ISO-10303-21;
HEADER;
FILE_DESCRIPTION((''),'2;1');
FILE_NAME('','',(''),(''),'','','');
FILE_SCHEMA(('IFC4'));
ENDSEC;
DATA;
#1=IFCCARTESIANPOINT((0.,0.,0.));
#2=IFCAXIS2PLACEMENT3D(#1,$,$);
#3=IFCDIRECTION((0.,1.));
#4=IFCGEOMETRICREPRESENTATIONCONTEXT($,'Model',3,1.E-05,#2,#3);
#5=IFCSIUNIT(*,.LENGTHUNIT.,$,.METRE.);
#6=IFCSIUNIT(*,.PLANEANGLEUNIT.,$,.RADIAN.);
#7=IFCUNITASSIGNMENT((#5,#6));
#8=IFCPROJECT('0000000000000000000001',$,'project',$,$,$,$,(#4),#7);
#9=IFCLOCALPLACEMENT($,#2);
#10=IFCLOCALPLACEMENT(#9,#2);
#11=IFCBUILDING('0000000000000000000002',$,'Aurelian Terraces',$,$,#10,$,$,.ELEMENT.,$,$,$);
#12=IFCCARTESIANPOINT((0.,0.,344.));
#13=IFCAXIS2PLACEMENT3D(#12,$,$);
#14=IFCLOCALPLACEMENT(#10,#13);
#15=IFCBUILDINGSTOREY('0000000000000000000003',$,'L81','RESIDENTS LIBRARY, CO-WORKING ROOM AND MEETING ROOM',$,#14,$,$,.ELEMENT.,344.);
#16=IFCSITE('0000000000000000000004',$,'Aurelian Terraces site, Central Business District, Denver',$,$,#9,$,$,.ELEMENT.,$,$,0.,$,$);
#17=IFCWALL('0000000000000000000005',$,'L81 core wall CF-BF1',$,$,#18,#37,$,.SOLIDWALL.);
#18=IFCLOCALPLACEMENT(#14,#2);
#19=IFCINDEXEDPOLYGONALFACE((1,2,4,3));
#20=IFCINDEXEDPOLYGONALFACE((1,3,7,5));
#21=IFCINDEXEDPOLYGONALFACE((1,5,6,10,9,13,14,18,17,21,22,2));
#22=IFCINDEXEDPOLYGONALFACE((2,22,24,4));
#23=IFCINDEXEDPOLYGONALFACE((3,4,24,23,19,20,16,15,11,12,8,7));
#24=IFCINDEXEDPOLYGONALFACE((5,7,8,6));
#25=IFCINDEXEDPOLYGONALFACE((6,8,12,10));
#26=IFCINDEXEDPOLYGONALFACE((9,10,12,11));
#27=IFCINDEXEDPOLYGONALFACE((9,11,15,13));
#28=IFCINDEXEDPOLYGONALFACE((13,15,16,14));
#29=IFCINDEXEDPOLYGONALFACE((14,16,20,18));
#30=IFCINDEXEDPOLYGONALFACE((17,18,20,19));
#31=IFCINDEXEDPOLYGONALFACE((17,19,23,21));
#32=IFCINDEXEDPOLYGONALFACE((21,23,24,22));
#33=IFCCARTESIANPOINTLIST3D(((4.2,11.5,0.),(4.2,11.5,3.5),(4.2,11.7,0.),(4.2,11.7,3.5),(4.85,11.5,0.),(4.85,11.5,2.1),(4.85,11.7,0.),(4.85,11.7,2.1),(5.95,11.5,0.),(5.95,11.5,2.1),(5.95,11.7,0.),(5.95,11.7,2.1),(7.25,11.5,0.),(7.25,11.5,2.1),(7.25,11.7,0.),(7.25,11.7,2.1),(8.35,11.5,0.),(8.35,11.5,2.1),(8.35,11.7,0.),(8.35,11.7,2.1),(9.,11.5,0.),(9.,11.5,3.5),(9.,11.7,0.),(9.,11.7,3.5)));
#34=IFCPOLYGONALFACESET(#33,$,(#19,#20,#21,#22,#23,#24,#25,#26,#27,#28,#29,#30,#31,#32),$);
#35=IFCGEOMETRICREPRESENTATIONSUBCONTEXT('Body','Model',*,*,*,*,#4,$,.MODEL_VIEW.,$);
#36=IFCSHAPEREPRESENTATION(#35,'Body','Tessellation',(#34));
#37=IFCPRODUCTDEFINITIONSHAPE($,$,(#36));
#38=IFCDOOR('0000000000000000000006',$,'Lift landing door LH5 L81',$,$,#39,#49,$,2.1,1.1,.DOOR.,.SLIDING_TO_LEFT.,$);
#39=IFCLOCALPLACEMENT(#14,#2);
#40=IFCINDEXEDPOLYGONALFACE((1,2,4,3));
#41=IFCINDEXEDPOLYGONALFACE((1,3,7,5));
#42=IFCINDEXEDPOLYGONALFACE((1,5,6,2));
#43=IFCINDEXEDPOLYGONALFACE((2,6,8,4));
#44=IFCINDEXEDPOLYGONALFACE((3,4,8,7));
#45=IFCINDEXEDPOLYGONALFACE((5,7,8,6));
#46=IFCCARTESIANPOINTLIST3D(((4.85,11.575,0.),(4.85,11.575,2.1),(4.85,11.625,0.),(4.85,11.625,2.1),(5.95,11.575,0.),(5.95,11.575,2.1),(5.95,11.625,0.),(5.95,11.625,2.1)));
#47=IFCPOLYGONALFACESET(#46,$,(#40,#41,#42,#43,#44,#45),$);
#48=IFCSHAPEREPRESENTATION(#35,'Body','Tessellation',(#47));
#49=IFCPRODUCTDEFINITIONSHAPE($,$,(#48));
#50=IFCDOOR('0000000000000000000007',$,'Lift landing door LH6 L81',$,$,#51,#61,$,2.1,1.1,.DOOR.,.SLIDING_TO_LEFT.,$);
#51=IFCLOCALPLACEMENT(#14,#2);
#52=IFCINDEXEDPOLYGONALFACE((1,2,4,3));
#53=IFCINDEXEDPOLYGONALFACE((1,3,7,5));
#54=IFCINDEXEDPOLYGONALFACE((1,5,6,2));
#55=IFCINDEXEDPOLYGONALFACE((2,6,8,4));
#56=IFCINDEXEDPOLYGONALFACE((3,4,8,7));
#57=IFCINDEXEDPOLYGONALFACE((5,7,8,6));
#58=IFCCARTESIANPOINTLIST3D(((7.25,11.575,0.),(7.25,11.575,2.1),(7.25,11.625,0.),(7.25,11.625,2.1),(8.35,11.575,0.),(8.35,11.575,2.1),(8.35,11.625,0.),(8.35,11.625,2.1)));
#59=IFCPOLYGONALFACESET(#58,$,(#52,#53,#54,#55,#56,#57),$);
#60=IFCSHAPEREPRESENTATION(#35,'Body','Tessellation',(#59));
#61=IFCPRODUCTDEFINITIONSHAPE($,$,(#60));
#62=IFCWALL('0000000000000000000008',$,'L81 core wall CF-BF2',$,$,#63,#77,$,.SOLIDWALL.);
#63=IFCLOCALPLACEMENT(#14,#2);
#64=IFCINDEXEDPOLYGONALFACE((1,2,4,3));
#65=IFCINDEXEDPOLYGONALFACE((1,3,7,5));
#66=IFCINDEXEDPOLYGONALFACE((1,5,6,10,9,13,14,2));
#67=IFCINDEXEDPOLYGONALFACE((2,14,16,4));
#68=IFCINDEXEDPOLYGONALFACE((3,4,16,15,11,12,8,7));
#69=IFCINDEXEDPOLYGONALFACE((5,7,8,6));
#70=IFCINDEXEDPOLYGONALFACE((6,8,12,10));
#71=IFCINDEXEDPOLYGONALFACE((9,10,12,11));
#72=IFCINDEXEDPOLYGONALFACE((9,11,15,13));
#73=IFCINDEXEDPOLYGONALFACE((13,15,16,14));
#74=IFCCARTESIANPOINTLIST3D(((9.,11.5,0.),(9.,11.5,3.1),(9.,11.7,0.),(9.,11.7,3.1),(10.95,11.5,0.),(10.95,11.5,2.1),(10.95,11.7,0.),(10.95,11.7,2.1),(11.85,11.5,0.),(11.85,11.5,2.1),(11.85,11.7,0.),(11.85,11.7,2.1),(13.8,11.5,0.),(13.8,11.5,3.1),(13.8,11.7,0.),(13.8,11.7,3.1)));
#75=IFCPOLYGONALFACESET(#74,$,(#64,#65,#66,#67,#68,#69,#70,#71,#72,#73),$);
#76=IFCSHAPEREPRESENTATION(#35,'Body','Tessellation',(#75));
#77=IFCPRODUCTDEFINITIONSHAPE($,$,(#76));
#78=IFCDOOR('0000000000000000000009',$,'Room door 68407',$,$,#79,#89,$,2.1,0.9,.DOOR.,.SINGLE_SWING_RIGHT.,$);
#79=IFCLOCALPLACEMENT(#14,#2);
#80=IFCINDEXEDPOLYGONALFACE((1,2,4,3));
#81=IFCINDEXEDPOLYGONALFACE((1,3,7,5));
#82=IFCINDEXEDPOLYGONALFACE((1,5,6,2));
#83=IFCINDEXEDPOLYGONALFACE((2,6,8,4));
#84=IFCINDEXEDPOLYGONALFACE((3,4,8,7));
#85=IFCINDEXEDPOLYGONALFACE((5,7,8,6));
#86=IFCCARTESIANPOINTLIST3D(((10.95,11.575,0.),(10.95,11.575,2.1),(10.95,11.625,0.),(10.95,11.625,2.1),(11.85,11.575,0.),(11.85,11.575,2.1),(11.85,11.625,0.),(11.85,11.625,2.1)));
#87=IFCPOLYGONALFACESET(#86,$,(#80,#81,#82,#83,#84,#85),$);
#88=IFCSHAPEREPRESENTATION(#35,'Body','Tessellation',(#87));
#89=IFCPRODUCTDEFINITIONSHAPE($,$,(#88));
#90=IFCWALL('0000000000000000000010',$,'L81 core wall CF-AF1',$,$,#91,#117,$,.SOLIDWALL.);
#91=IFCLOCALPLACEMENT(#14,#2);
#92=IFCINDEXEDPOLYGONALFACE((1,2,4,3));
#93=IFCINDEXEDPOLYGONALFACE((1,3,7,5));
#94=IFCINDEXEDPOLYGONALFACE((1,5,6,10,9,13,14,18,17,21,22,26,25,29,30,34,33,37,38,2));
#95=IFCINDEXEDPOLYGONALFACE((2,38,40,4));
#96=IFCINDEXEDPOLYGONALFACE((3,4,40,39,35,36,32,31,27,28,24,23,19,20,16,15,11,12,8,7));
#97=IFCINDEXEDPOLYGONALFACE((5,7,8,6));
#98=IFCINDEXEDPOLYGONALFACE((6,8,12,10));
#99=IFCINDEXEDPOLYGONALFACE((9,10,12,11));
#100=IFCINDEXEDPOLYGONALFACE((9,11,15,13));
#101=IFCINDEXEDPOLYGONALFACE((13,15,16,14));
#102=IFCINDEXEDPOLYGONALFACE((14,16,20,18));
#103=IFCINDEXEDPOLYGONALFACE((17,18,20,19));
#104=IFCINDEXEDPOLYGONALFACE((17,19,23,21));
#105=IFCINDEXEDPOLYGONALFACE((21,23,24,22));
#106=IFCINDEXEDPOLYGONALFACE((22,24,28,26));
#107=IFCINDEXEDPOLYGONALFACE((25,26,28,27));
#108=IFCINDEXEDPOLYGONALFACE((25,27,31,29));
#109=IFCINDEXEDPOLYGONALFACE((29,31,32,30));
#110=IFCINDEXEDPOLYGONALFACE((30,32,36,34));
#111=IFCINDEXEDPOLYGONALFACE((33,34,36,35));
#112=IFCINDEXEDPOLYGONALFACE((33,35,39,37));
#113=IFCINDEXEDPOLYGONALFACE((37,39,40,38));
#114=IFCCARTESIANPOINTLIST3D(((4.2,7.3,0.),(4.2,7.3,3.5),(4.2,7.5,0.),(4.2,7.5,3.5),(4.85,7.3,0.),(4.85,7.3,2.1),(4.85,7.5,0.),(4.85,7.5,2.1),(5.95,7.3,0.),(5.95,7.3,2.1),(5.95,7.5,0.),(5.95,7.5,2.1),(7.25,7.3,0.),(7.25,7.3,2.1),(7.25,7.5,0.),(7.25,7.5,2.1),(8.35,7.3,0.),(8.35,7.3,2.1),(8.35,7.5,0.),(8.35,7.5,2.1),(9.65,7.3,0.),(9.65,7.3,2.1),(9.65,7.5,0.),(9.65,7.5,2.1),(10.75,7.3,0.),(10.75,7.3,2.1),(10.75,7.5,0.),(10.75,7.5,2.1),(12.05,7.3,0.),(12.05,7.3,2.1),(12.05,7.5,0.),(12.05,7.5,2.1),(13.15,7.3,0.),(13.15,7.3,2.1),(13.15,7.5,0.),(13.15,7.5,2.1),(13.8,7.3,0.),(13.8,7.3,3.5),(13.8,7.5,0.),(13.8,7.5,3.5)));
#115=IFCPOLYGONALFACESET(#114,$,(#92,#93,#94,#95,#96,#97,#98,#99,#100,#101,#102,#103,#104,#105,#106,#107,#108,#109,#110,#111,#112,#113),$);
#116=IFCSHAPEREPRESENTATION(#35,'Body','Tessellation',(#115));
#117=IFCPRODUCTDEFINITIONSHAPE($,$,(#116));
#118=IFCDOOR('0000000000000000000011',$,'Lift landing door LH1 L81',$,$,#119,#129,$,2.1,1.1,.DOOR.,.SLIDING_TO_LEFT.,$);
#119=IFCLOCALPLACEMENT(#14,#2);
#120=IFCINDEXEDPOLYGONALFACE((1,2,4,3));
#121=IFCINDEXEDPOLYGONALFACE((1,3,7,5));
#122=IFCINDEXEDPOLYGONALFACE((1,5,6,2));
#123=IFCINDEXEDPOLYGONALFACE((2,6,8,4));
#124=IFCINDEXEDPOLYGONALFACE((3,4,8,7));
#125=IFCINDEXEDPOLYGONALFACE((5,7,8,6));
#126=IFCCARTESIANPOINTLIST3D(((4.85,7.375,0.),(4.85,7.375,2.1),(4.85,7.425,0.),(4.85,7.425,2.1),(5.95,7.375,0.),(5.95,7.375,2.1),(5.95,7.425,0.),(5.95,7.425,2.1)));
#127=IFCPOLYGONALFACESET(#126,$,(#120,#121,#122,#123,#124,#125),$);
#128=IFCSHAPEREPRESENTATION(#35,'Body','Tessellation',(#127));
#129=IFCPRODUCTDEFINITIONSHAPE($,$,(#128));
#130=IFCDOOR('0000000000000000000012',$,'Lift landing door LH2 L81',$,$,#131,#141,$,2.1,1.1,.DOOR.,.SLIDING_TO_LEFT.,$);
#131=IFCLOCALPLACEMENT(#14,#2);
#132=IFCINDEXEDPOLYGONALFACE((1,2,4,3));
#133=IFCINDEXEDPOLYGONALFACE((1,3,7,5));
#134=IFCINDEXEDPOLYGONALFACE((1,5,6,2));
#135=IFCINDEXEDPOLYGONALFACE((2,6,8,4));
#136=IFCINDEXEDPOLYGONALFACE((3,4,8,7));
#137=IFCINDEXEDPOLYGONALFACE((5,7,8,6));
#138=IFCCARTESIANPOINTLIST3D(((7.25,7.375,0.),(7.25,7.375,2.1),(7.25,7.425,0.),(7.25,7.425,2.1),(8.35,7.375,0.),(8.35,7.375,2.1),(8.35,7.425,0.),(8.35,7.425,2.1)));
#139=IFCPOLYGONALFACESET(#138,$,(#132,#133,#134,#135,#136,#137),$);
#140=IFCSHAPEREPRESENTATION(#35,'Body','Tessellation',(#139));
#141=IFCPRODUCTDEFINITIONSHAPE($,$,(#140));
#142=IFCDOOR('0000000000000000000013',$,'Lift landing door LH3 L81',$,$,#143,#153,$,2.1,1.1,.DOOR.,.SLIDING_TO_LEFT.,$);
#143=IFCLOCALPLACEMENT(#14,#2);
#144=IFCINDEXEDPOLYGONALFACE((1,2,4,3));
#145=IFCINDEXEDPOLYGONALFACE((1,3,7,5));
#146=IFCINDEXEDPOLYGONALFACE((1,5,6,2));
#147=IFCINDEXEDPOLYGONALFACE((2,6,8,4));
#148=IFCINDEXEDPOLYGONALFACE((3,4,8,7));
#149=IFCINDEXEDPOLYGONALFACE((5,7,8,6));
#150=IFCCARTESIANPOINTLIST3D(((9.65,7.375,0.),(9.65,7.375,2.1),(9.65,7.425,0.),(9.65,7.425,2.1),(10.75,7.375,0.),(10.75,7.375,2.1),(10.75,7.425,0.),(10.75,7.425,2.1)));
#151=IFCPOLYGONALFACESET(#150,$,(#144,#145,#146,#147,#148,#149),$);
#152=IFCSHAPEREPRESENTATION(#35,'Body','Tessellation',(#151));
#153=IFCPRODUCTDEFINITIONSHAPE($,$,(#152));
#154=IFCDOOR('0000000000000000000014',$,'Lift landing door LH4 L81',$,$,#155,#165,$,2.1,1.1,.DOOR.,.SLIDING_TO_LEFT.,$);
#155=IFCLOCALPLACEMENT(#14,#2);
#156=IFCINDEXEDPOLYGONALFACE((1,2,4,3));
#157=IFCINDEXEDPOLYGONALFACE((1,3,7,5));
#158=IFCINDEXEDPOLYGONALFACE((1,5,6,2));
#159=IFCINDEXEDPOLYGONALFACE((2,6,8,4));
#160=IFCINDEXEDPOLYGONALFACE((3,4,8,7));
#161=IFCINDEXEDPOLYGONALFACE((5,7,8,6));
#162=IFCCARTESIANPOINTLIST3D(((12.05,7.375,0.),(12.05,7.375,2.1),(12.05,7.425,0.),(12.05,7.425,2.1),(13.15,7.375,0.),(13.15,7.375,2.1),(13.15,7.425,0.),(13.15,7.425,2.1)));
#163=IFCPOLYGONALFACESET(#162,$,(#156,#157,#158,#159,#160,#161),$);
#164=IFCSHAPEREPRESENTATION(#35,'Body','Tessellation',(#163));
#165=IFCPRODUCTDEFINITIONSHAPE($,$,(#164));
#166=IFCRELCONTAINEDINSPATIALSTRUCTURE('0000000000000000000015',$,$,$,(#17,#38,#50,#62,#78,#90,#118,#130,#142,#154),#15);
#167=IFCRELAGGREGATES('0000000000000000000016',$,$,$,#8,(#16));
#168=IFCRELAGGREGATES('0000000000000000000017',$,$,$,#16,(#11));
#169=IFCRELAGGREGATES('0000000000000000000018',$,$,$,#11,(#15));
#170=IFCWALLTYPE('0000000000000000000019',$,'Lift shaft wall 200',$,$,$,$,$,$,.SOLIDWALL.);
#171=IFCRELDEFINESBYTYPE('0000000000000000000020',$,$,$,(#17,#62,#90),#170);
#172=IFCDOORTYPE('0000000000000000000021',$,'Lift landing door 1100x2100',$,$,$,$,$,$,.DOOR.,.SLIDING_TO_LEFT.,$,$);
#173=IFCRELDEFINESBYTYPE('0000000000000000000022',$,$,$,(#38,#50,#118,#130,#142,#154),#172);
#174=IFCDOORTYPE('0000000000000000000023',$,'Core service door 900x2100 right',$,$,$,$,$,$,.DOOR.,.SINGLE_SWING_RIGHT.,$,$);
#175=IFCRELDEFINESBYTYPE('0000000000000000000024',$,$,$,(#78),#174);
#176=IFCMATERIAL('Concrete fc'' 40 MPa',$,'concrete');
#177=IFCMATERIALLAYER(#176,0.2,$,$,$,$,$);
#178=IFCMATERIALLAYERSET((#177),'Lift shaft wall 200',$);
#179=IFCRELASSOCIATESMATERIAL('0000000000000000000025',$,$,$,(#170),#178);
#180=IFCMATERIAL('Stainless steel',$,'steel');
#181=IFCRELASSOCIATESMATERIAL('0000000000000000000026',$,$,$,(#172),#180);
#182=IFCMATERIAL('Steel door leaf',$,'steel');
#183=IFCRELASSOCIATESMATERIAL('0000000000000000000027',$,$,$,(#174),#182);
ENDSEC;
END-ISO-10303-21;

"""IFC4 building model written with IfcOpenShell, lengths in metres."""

from ifc_helpers import new_model, si_unit, direction, frame, frame_2d, origin, place, context, subcontext, project, spatial, rectangle, extrude, source, transform, mapped, material, layer, layer_set, type_object, element, fill, save


model = new_model("IFC4")

# Units and contexts
model_context = context("Model", 3, precision=1e-05, world=origin(), true_north=direction((0.0, 1.0)))
body_context = subcontext(model_context, "Body", "Model", "MODEL_VIEW")
ifc_project = project(units=[si_unit("LENGTHUNIT", "METRE"), si_unit("PLANEANGLEUNIT", "RADIAN")], contexts=[model_context])

# Site, building, storey
site_placement = place(None, origin())
site = spatial("IfcSite", under=ifc_project, at=site_placement, Name="Aurelian Terraces site, Central Business District, Denver", CompositionType="ELEMENT", RefElevation=0.0)
building_placement = place(site_placement, origin())
building = spatial("IfcBuilding", under=site, at=building_placement, Name="Aurelian Terraces", CompositionType="ELEMENT")
storey_placement = place(building_placement, frame((0.0, 0.0, 344.0)))
storey = spatial("IfcBuildingStorey", under=building, at=storey_placement, Name="L81", Description="RESIDENTS LIBRARY, CO-WORKING ROOM AND MEETING ROOM", CompositionType="ELEMENT", Elevation=344.0)

# Shared definitions
ifc_material_1 = material(Name="Concrete fc' 40 MPa", Category="concrete")
ifc_layer_1 = layer(ifc_material_1, 0.2)
ifc_layer_set_1 = layer_set([ifc_layer_1], Name="Lift shaft wall 200")
wall_type_1 = type_object("IfcWallType", Name="Lift shaft wall 200", PredefinedType="SOLIDWALL", material=ifc_layer_set_1)

# Wall, openings, doors
shared_shape_1 = source(origin(), body_context, "Body", "SweptSolid", [
    extrude(rectangle(XDim=4.8, YDim=0.2, at=frame_2d((2.4, 0.0))), origin(), (0.0, 0.0, 1.0), 3.5),
])
wall_1_placement = place(storey_placement, frame((4.2, 11.6, 0.0), z_axis=(0.0, 0.0, 1.0), x_axis=(1.0, 0.0, 0.0)))
wall_1 = element("IfcWall", 1, at=wall_1_placement, inside=storey, type_object=wall_type_1, Name="L81 core wall CF-BF1", PredefinedType="SOLIDWALL", context=body_context, shape_type="MappedRepresentation", body=[
    mapped(shared_shape_1, transform((0.0, 0.0, 0.0), scale=1.0)),
])
shared_shape_2 = source(origin(), body_context, "Body", "SweptSolid", [
    extrude(rectangle(XDim=1.1, YDim=2.1, at=frame_2d((0.55, 1.05))), frame((0.0, 0.11, 0.0), z_axis=(0.0, -1.0, 0.0), x_axis=(1.0, 0.0, 0.0)), (0.0, 0.0, 1.0), 0.22),
])
opening_1_placement = place(wall_1_placement, frame((0.65, 0.0, 0.0)))
opening_1 = element("IfcOpeningElement", 2, at=opening_1_placement, cuts=wall_1, PredefinedType="OPENING", context=body_context, shape_type="MappedRepresentation", body=[
    mapped(shared_shape_2, transform((0.0, 0.0, 0.0), scale=1.0)),
])
opening_2_placement = place(wall_1_placement, frame((3.05, 0.0, 0.0)))
opening_2 = element("IfcOpeningElement", 3, at=opening_2_placement, cuts=wall_1, PredefinedType="OPENING", context=body_context, shape_type="MappedRepresentation", body=[
    mapped(shared_shape_2, transform((0.0, 0.0, 0.0), scale=1.0)),
])
ifc_material_2 = material(Name="Stainless steel", Category="steel")
door_type_1 = type_object("IfcDoorType", Name="Lift landing door 1100x2100", OperationType="SLIDING_TO_LEFT", PredefinedType="DOOR", material=ifc_material_2)
shared_shape_3 = source(origin(), body_context, "Body", "SweptSolid", [
    extrude(rectangle(XDim=1.1, YDim=2.1, at=frame_2d((0.55, 1.05))), frame((0.0, 0.025, 0.0), z_axis=(0.0, -1.0, 0.0), x_axis=(1.0, 0.0, 0.0)), (0.0, 0.0, 1.0), 0.05),
])
door_1_placement = place(opening_1_placement, origin())
door_1 = element("IfcDoor", 4, at=door_1_placement, inside=storey, type_object=door_type_1, Name="Lift landing door LH5 L81", OperationType="SLIDING_TO_LEFT", OverallHeight=2.1, OverallWidth=1.1, PredefinedType="DOOR", context=body_context, shape_type="MappedRepresentation", body=[
    mapped(shared_shape_3, transform((0.0, 0.0, 0.0), scale=1.0)),
])
fill(opening_1, door_1)
door_2_placement = place(opening_2_placement, origin())
door_2 = element("IfcDoor", 5, at=door_2_placement, inside=storey, type_object=door_type_1, Name="Lift landing door LH6 L81", OperationType="SLIDING_TO_LEFT", OverallHeight=2.1, OverallWidth=1.1, PredefinedType="DOOR", context=body_context, shape_type="MappedRepresentation", body=[
    mapped(shared_shape_3, transform((0.0, 0.0, 0.0), scale=1.0)),
])
fill(opening_2, door_2)

# Wall, opening, door
shared_shape_4 = source(origin(), body_context, "Body", "SweptSolid", [
    extrude(rectangle(XDim=4.8, YDim=0.2, at=frame_2d((2.4, 0.0))), origin(), (0.0, 0.0, 1.0), 3.1),
])
wall_2_placement = place(storey_placement, frame((9.0, 11.6, 0.0), z_axis=(0.0, 0.0, 1.0), x_axis=(1.0, 0.0, 0.0)))
wall_2 = element("IfcWall", 6, at=wall_2_placement, inside=storey, type_object=wall_type_1, Name="L81 core wall CF-BF2", PredefinedType="SOLIDWALL", context=body_context, shape_type="MappedRepresentation", body=[
    mapped(shared_shape_4, transform((0.0, 0.0, 0.0), scale=1.0)),
])
shared_shape_5 = source(origin(), body_context, "Body", "SweptSolid", [
    extrude(rectangle(XDim=0.9, YDim=2.1, at=frame_2d((0.45, 1.05))), frame((0.0, 0.11, 0.0), z_axis=(0.0, -1.0, 0.0), x_axis=(1.0, 0.0, 0.0)), (0.0, 0.0, 1.0), 0.22),
])
opening_3_placement = place(wall_2_placement, frame((1.95, 0.0, 0.0)))
opening_3 = element("IfcOpeningElement", 7, at=opening_3_placement, cuts=wall_2, PredefinedType="OPENING", context=body_context, shape_type="MappedRepresentation", body=[
    mapped(shared_shape_5, transform((0.0, 0.0, 0.0), scale=1.0)),
])
ifc_material_3 = material(Name="Steel door leaf", Category="steel")
door_type_2 = type_object("IfcDoorType", Name="Core service door 900x2100 right", OperationType="SINGLE_SWING_RIGHT", PredefinedType="DOOR", material=ifc_material_3)
shared_shape_6 = source(origin(), body_context, "Body", "SweptSolid", [
    extrude(rectangle(XDim=0.9, YDim=2.1, at=frame_2d((0.45, 1.05))), frame((0.0, 0.025, 0.0), z_axis=(0.0, -1.0, 0.0), x_axis=(1.0, 0.0, 0.0)), (0.0, 0.0, 1.0), 0.05),
])
door_3_placement = place(opening_3_placement, origin())
door_3 = element("IfcDoor", 8, at=door_3_placement, inside=storey, type_object=door_type_2, Name="Room door 68407", OperationType="SINGLE_SWING_RIGHT", OverallHeight=2.1, OverallWidth=0.9, PredefinedType="DOOR", context=body_context, shape_type="MappedRepresentation", body=[
    mapped(shared_shape_6, transform((0.0, 0.0, 0.0), scale=1.0)),
])
fill(opening_3, door_3)

# Wall, openings, doors
shared_shape_7 = source(origin(), body_context, "Body", "SweptSolid", [
    extrude(rectangle(XDim=9.6, YDim=0.2, at=frame_2d((4.8, 0.0))), origin(), (0.0, 0.0, 1.0), 3.5),
])
wall_3_placement = place(storey_placement, frame((4.2, 7.4, 0.0), z_axis=(0.0, 0.0, 1.0), x_axis=(1.0, 0.0, 0.0)))
wall_3 = element("IfcWall", 9, at=wall_3_placement, inside=storey, type_object=wall_type_1, Name="L81 core wall CF-AF1", PredefinedType="SOLIDWALL", context=body_context, shape_type="MappedRepresentation", body=[
    mapped(shared_shape_7, transform((0.0, 0.0, 0.0), scale=1.0)),
])
opening_4_placement = place(wall_3_placement, frame((0.65, 0.0, 0.0)))
opening_4 = element("IfcOpeningElement", 10, at=opening_4_placement, cuts=wall_3, PredefinedType="OPENING", context=body_context, shape_type="MappedRepresentation", body=[
    mapped(shared_shape_2, transform((0.0, 0.0, 0.0), scale=1.0)),
])
opening_5_placement = place(wall_3_placement, frame((3.05, 0.0, 0.0)))
opening_5 = element("IfcOpeningElement", 11, at=opening_5_placement, cuts=wall_3, PredefinedType="OPENING", context=body_context, shape_type="MappedRepresentation", body=[
    mapped(shared_shape_2, transform((0.0, 0.0, 0.0), scale=1.0)),
])
opening_6_placement = place(wall_3_placement, frame((5.45, 0.0, 0.0)))
opening_6 = element("IfcOpeningElement", 12, at=opening_6_placement, cuts=wall_3, PredefinedType="OPENING", context=body_context, shape_type="MappedRepresentation", body=[
    mapped(shared_shape_2, transform((0.0, 0.0, 0.0), scale=1.0)),
])
opening_7_placement = place(wall_3_placement, frame((7.85, 0.0, 0.0)))
opening_7 = element("IfcOpeningElement", 13, at=opening_7_placement, cuts=wall_3, PredefinedType="OPENING", context=body_context, shape_type="MappedRepresentation", body=[
    mapped(shared_shape_2, transform((0.0, 0.0, 0.0), scale=1.0)),
])
door_4_placement = place(opening_4_placement, origin())
door_4 = element("IfcDoor", 14, at=door_4_placement, inside=storey, type_object=door_type_1, Name="Lift landing door LH1 L81", OperationType="SLIDING_TO_LEFT", OverallHeight=2.1, OverallWidth=1.1, PredefinedType="DOOR", context=body_context, shape_type="MappedRepresentation", body=[
    mapped(shared_shape_3, transform((0.0, 0.0, 0.0), scale=1.0)),
])
fill(opening_4, door_4)
door_5_placement = place(opening_5_placement, origin())
door_5 = element("IfcDoor", 15, at=door_5_placement, inside=storey, type_object=door_type_1, Name="Lift landing door LH2 L81", OperationType="SLIDING_TO_LEFT", OverallHeight=2.1, OverallWidth=1.1, PredefinedType="DOOR", context=body_context, shape_type="MappedRepresentation", body=[
    mapped(shared_shape_3, transform((0.0, 0.0, 0.0), scale=1.0)),
])
fill(opening_5, door_5)
door_6_placement = place(opening_6_placement, origin())
door_6 = element("IfcDoor", 16, at=door_6_placement, inside=storey, type_object=door_type_1, Name="Lift landing door LH3 L81", OperationType="SLIDING_TO_LEFT", OverallHeight=2.1, OverallWidth=1.1, PredefinedType="DOOR", context=body_context, shape_type="MappedRepresentation", body=[
    mapped(shared_shape_3, transform((0.0, 0.0, 0.0), scale=1.0)),
])
fill(opening_6, door_6)
door_7_placement = place(opening_7_placement, origin())
door_7 = element("IfcDoor", 17, at=door_7_placement, inside=storey, type_object=door_type_1, Name="Lift landing door LH4 L81", OperationType="SLIDING_TO_LEFT", OverallHeight=2.1, OverallWidth=1.1, PredefinedType="DOOR", context=body_context, shape_type="MappedRepresentation", body=[
    mapped(shared_shape_3, transform((0.0, 0.0, 0.0), scale=1.0)),
])
fill(opening_7, door_7)

save(model, "model.ifc")
